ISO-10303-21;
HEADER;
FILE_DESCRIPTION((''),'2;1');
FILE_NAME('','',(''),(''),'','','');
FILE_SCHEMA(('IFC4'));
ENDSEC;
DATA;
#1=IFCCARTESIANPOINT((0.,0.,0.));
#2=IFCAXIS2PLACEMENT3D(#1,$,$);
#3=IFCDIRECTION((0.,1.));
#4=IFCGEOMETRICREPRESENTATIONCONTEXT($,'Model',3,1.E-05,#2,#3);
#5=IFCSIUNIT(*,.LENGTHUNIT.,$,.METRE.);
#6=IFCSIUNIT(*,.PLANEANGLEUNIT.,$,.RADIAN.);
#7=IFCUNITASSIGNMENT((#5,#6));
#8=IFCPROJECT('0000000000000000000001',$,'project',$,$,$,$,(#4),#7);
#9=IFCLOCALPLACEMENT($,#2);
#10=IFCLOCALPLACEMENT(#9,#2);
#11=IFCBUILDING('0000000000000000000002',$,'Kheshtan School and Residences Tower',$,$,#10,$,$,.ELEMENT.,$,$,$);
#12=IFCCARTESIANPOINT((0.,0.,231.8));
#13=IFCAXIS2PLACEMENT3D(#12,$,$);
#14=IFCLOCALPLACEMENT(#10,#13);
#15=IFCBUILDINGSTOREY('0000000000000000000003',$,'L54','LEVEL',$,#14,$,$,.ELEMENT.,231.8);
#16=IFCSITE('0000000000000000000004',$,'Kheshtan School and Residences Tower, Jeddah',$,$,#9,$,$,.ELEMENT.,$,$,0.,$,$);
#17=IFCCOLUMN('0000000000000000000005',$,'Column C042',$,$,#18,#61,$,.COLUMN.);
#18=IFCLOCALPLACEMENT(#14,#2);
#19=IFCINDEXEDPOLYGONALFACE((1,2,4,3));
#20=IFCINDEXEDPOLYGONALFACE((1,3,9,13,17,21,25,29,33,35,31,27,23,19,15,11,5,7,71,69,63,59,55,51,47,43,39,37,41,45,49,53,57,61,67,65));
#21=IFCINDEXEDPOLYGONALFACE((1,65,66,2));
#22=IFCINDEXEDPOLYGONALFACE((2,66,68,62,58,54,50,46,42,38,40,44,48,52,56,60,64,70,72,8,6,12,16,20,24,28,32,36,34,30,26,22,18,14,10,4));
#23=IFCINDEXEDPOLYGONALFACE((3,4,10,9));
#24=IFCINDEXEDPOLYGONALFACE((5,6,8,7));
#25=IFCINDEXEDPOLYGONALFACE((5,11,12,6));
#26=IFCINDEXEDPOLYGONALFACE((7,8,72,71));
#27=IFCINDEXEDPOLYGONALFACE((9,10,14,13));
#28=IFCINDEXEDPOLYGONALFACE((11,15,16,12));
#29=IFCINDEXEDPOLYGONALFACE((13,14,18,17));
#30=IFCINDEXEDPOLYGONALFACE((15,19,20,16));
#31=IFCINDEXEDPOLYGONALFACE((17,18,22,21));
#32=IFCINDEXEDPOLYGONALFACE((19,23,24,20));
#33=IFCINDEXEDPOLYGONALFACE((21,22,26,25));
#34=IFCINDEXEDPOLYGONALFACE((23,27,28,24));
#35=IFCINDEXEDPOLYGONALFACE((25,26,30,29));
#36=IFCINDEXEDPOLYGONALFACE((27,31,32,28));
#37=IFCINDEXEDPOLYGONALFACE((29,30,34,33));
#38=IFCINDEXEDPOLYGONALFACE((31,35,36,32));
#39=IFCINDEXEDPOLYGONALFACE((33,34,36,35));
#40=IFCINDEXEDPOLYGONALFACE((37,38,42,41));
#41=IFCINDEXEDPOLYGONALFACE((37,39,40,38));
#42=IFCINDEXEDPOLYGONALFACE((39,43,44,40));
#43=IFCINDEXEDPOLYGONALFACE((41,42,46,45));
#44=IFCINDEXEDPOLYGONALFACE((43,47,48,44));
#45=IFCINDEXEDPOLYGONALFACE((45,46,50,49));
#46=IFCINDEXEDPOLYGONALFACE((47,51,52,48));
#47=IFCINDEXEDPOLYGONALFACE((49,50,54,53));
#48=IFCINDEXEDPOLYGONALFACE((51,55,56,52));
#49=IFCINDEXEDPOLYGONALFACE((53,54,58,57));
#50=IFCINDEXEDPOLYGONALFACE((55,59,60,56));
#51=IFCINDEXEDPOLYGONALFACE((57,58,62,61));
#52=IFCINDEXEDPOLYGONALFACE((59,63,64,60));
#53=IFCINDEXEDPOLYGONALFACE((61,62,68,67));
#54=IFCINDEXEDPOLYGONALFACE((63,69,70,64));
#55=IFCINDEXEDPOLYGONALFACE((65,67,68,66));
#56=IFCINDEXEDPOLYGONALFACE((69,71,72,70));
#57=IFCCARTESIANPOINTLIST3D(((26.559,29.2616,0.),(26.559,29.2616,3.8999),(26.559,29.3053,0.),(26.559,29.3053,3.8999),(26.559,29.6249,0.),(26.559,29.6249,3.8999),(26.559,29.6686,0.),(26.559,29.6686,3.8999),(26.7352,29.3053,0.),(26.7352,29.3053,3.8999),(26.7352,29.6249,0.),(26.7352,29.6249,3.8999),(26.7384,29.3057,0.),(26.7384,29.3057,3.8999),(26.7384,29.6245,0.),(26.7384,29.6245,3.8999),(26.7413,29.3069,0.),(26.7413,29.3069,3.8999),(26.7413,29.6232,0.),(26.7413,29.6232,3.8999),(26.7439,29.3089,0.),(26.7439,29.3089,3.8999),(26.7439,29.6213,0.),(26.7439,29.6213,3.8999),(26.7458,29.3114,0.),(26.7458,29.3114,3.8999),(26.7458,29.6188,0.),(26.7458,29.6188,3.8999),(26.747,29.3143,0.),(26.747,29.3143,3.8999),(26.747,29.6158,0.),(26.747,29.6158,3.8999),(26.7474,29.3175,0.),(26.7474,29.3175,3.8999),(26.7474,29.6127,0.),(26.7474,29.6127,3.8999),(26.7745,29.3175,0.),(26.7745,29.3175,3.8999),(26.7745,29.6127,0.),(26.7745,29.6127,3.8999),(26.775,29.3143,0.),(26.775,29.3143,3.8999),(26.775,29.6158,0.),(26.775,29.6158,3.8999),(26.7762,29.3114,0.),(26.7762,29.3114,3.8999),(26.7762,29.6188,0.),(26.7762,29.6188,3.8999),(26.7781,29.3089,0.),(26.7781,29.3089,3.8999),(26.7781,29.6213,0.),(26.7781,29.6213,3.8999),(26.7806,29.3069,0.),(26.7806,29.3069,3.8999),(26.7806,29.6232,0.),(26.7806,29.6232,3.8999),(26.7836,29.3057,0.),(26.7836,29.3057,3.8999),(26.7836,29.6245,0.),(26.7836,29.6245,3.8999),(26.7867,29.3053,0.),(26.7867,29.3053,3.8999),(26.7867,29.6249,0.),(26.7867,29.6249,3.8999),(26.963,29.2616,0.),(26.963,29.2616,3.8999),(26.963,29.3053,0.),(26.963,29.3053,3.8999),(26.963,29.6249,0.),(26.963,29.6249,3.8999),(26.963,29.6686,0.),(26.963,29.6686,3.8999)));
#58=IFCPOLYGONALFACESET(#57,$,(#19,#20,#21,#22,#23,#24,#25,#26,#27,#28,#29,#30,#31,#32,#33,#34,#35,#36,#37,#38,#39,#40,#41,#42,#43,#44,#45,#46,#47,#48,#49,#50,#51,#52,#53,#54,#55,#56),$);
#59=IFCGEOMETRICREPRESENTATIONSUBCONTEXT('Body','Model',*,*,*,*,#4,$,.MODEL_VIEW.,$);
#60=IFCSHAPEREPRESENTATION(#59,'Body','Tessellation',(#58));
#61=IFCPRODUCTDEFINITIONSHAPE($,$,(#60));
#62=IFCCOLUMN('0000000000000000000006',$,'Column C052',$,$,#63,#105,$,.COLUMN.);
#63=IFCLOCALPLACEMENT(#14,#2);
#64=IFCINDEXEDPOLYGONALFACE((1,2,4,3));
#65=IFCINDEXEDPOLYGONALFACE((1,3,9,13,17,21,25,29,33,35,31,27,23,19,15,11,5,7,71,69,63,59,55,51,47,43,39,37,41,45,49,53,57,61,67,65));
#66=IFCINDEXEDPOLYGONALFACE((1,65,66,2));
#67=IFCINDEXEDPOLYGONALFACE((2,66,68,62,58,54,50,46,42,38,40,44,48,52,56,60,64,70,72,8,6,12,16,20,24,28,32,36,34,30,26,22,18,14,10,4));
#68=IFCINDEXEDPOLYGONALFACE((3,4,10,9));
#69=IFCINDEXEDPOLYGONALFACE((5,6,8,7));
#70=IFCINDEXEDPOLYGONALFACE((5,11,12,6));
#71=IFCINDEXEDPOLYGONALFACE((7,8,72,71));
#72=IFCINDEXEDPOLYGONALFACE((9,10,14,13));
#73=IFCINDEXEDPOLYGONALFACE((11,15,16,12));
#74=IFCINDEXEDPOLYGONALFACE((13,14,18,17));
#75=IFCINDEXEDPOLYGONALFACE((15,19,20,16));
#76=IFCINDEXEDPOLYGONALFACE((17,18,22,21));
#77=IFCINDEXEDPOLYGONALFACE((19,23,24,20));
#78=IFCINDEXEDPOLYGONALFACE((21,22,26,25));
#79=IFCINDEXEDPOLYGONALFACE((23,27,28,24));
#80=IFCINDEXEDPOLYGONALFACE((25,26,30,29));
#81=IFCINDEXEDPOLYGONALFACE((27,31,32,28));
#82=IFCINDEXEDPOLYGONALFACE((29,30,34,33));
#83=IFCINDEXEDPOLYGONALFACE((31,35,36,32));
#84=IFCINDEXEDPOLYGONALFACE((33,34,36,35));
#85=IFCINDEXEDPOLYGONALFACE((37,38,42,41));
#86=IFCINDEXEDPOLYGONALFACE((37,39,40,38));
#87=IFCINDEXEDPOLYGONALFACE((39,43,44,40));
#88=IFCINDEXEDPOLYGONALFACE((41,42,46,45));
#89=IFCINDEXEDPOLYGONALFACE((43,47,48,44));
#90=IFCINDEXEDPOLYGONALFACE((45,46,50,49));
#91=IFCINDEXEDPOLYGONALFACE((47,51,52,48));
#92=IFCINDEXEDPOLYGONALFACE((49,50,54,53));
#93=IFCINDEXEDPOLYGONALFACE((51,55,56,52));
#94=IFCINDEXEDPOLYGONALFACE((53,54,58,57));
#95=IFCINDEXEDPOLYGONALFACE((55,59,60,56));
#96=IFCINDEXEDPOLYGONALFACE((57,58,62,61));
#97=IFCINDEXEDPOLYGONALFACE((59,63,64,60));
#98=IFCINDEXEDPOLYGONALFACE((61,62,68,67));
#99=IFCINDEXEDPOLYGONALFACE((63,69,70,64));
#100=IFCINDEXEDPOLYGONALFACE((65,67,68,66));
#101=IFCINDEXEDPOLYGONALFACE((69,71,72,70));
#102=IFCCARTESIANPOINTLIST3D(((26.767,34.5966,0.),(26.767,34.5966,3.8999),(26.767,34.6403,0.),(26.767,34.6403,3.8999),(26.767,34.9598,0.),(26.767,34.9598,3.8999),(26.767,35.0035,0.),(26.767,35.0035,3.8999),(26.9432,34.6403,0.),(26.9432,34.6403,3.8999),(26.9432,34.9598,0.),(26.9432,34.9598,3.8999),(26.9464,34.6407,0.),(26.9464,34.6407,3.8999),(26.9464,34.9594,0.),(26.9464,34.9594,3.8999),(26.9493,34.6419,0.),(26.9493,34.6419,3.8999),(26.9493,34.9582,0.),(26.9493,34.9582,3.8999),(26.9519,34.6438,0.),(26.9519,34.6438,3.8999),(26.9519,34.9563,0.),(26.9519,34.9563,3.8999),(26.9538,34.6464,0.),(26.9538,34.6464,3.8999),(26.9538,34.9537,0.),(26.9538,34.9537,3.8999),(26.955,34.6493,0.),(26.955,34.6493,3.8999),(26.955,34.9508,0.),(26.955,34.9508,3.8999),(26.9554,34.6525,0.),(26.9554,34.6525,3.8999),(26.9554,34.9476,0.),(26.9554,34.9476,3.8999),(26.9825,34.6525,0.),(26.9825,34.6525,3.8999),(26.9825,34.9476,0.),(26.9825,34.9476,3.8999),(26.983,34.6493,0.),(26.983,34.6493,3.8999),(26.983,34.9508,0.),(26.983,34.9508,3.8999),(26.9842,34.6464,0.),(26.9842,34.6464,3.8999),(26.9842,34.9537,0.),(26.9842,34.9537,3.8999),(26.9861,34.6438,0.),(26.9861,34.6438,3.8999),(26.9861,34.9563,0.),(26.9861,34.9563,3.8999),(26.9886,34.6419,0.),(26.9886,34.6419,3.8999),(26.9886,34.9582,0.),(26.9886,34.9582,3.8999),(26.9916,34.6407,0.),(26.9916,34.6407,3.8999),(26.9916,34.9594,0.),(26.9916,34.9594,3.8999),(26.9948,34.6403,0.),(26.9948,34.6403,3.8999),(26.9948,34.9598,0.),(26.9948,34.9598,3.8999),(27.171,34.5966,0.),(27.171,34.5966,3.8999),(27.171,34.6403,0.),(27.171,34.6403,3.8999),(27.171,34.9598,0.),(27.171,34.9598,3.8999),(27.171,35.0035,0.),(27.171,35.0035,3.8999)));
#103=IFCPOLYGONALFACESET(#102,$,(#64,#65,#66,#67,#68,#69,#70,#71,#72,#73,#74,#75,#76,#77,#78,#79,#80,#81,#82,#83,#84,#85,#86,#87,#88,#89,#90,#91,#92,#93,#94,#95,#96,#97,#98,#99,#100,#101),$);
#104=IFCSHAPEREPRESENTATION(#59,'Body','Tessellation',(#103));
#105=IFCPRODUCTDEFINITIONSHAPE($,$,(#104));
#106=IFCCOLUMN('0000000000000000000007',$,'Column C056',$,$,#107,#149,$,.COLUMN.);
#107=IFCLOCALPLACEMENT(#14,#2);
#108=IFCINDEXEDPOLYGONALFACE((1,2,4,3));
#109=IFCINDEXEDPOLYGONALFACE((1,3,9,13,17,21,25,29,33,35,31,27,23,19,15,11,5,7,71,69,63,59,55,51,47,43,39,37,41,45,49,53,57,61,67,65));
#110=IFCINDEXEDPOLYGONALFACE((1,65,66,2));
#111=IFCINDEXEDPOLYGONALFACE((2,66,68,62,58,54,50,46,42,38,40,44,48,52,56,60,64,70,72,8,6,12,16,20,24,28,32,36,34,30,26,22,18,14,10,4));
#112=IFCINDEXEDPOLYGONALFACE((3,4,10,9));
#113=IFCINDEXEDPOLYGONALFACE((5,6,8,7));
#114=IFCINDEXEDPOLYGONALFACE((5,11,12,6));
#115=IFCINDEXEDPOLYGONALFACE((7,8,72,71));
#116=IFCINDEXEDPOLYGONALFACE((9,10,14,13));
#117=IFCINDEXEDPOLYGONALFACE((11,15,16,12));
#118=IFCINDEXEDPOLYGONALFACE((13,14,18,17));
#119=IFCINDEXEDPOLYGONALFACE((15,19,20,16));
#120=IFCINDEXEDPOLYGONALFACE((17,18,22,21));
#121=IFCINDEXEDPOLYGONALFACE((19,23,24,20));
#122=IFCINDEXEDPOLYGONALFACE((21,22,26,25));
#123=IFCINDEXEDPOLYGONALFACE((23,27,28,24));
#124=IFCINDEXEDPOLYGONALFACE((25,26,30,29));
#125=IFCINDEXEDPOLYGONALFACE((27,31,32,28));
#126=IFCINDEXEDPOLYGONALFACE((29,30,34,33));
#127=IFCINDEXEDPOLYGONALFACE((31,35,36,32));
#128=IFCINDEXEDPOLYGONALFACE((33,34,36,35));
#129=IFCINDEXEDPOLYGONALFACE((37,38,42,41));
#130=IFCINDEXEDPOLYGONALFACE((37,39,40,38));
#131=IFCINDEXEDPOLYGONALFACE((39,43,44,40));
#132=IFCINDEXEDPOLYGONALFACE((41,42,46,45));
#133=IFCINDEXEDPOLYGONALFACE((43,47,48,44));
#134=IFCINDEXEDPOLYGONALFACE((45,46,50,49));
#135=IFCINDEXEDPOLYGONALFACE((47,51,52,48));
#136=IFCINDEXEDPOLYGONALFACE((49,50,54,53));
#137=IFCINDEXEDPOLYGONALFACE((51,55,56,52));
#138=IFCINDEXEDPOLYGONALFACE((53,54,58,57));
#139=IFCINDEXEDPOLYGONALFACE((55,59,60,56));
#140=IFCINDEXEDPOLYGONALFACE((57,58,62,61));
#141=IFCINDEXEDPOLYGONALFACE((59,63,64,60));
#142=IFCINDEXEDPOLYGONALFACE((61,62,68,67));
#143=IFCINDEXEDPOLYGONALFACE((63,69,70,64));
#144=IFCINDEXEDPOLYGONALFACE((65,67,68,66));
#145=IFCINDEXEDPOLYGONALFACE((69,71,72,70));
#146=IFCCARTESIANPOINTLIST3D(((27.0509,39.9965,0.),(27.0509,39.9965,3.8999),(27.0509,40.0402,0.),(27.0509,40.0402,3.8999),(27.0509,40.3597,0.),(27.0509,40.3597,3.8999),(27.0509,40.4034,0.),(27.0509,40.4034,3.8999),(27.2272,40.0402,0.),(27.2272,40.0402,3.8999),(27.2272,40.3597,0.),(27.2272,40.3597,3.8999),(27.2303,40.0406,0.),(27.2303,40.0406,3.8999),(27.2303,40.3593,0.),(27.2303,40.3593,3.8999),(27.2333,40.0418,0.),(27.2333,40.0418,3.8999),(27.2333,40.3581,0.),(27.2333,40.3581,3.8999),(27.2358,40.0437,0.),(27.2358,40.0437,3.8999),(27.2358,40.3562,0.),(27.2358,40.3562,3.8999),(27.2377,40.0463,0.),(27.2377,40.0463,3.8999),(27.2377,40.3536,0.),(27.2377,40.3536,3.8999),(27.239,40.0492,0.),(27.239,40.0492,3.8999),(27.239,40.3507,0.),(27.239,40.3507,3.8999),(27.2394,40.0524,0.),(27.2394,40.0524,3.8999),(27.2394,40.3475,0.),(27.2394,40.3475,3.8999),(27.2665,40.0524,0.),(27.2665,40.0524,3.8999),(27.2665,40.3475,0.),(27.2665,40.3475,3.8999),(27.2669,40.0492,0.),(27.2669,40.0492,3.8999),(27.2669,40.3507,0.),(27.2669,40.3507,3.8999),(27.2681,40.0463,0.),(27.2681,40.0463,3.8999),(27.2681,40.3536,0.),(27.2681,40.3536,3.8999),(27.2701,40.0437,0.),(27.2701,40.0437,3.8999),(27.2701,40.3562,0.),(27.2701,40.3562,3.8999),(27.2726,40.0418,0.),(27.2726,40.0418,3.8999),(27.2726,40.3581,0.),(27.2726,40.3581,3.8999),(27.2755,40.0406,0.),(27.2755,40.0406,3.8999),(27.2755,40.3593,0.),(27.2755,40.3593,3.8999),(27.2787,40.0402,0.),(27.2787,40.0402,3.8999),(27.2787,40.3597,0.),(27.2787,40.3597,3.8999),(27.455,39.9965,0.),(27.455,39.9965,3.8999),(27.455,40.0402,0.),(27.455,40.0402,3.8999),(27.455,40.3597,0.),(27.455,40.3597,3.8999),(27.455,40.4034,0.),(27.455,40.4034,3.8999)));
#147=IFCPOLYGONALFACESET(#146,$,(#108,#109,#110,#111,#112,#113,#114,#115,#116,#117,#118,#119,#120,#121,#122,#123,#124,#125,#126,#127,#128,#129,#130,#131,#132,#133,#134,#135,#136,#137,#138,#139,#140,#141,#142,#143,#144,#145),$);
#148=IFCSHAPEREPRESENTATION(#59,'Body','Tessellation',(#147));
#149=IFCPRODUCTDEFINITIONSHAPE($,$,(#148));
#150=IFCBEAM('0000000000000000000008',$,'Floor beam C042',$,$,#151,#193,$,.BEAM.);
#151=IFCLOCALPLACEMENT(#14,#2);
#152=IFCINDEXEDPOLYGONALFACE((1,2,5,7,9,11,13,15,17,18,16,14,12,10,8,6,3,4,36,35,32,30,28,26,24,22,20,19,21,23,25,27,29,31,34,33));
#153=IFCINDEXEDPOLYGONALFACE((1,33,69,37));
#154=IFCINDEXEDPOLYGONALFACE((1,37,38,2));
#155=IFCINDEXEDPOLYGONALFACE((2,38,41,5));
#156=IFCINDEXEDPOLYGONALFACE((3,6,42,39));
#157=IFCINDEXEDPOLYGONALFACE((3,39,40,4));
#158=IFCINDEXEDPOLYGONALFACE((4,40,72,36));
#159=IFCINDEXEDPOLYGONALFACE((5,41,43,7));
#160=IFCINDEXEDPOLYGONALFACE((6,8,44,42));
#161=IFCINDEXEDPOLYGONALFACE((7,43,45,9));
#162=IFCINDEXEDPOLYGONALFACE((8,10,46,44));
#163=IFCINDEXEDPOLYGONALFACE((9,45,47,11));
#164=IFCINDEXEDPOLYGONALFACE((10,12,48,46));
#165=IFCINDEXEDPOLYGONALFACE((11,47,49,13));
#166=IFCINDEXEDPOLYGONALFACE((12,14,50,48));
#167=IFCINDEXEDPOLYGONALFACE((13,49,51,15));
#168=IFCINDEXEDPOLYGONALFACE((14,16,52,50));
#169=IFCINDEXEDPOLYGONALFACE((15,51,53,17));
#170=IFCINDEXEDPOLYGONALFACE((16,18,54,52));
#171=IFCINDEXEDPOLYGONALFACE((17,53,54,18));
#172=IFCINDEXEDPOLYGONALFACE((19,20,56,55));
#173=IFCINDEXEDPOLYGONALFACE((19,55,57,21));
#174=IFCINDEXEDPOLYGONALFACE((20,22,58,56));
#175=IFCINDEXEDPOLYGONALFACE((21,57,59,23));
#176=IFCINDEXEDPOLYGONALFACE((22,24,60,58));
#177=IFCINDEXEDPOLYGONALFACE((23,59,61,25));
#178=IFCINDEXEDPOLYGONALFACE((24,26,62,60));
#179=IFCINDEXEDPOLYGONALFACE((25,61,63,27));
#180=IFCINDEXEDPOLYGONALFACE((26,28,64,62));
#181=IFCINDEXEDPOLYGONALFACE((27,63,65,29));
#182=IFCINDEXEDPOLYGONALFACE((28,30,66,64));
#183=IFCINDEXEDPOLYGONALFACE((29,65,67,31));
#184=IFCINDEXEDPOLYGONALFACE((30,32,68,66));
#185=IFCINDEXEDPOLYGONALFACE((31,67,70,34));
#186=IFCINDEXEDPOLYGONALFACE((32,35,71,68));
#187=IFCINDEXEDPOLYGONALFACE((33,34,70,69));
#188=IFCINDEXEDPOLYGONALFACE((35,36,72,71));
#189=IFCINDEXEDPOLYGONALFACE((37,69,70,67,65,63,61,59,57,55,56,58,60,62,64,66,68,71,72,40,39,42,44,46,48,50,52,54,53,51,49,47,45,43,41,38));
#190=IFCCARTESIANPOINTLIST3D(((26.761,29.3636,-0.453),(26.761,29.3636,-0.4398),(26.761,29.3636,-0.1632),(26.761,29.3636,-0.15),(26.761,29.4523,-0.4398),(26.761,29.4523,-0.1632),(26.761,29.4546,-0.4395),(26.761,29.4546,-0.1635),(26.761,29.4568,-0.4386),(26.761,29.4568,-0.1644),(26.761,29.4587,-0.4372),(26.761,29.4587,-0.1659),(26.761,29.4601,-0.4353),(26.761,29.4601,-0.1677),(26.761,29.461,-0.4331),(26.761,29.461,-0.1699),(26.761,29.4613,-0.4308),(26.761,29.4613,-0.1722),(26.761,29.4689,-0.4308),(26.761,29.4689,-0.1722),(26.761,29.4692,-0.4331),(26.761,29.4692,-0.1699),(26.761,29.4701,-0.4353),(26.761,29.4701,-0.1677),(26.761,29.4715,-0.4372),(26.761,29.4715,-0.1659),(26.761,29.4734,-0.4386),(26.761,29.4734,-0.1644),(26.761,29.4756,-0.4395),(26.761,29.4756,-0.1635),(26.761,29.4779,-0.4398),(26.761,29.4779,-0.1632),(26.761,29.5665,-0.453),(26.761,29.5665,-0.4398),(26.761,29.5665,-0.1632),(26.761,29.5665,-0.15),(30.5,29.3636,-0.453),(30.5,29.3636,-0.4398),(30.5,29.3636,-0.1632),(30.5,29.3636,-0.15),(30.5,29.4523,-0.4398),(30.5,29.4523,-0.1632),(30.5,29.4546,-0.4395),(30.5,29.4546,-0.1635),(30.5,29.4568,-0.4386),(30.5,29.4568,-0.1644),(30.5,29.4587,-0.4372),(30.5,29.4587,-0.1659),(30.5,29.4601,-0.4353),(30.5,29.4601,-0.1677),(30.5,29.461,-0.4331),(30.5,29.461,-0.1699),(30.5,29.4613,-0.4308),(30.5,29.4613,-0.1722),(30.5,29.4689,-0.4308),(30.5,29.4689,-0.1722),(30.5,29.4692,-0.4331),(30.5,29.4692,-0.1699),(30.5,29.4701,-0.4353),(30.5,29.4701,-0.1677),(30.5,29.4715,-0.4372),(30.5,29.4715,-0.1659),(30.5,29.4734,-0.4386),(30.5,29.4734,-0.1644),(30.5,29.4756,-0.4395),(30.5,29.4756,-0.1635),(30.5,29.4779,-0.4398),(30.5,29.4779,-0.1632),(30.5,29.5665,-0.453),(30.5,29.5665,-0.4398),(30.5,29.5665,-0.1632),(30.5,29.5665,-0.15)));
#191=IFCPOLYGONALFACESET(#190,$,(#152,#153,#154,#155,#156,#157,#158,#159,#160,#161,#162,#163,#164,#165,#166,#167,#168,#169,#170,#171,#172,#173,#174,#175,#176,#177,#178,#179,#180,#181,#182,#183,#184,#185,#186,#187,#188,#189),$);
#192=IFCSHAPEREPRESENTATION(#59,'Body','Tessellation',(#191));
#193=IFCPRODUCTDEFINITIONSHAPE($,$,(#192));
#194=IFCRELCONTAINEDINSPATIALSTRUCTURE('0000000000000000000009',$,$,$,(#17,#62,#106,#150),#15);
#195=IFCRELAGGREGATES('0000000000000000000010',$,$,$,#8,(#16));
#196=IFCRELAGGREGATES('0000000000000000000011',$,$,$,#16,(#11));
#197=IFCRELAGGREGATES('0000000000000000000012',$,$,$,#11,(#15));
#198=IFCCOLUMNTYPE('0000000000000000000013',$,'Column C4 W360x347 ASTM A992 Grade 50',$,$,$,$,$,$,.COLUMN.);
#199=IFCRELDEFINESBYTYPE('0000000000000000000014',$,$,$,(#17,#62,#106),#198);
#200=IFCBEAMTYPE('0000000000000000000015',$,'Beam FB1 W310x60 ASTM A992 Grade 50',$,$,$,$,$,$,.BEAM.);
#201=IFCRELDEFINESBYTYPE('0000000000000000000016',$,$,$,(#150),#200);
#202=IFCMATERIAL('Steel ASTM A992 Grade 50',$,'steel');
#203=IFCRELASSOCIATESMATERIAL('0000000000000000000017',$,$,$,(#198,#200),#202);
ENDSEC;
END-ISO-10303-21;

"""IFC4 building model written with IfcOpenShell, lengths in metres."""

from ifc_helpers import new_model, si_unit, direction, frame, origin, origin_2d, place, context, subcontext, project, spatial, i_section, extrude, material, material_profile, profile_set, type_object, element, save


model = new_model("IFC4")

# Units and contexts
model_context = context("Model", 3, precision=1e-05, world=origin(), true_north=direction((0.0, 1.0)))
body_context = subcontext(model_context, "Body", "Model", "MODEL_VIEW")
ifc_project = project(units=[si_unit("LENGTHUNIT", "METRE"), si_unit("PLANEANGLEUNIT", "RADIAN")], contexts=[model_context])

# Site, building, storey
site_placement = place(None, origin())
site = spatial("IfcSite", under=ifc_project, at=site_placement, Name="Kheshtan School and Residences Tower, Jeddah", CompositionType="ELEMENT", RefElevation=0.0)
building_placement = place(site_placement, origin())
building = spatial("IfcBuilding", under=site, at=building_placement, Name="Kheshtan School and Residences Tower", CompositionType="ELEMENT")
storey_placement = place(building_placement, frame((0.0, 0.0, 231.8)))
storey = spatial("IfcBuildingStorey", under=building, at=storey_placement, Name="L54", Description="LEVEL", CompositionType="ELEMENT", Elevation=231.8)

# Columns
ifc_material_1 = material(Name="Steel ASTM A992 Grade 50", Category="steel")
ifc_material_profile_1 = material_profile(ifc_material_1, i_section(OverallWidth=0.4041, OverallDepth=0.407, WebThickness=0.0271, FlangeThickness=0.0437, FilletRadius=0.0122, at=origin_2d()), Name="W360x347")
ifc_profile_set_1 = profile_set([ifc_material_profile_1], Name="Steel ASTM A992 Grade 50")
column_type = type_object("IfcColumnType", Name="Column C4 W360x347 ASTM A992 Grade 50", PredefinedType="COLUMN", material=ifc_profile_set_1)
for number, where, z_axis, x_axis, name in (
    (1, (26.761, 29.4651, 0.0), (0.0, 0.0, 1.0), (1.0, 0.0, 0.0), "Column C042"),
    (2, (26.969, 34.8, 0.0), (0.0, 0.0, 1.0), (1.0, 0.0, 0.0), "Column C052"),
    (3, (27.2529, 40.2, 0.0), (0.0, 0.0, 1.0), (1.0, 0.0, 0.0), "Column C056"),
):
    element("IfcColumn", number, at=place(storey_placement, frame(where, z_axis=z_axis, x_axis=x_axis)), inside=storey, type_object=column_type, Name=name, PredefinedType="COLUMN", context=body_context, shape_type="SweptSolid", body=[
        extrude(i_section(OverallWidth=0.4041, OverallDepth=0.407, WebThickness=0.0271, FlangeThickness=0.0437, FilletRadius=0.0122, at=origin_2d()), origin(), (0.0, 0.0, 1.0), 3.8999),
    ])

# Beam
ifc_material_profile_2 = material_profile(ifc_material_1, i_section(OverallWidth=0.2029, OverallDepth=0.303, WebThickness=0.0076, FlangeThickness=0.0132, FilletRadius=0.009, at=origin_2d()), Name="W310x60")
ifc_profile_set_2 = profile_set([ifc_material_profile_2], Name="Steel ASTM A992 Grade 50")
beam_type_1 = type_object("IfcBeamType", Name="Beam FB1 W310x60 ASTM A992 Grade 50", PredefinedType="BEAM", material=ifc_profile_set_2)
beam_1_placement = place(storey_placement, frame((26.761, 29.4651, -0.3015), z_axis=(1.0, 0.0, 0.0), x_axis=(0.0, 1.0, 0.0)))
element("IfcBeam", 4, at=beam_1_placement, inside=storey, type_object=beam_type_1, Name="Floor beam C042", PredefinedType="BEAM", context=body_context, shape_type="SweptSolid", body=[
    extrude(i_section(OverallWidth=0.2029, OverallDepth=0.303, WebThickness=0.0076, FlangeThickness=0.0132, FilletRadius=0.009, at=origin_2d()), origin(), (0.0, 0.0, 1.0), 3.739),
])

save(model, "model.ifc")
